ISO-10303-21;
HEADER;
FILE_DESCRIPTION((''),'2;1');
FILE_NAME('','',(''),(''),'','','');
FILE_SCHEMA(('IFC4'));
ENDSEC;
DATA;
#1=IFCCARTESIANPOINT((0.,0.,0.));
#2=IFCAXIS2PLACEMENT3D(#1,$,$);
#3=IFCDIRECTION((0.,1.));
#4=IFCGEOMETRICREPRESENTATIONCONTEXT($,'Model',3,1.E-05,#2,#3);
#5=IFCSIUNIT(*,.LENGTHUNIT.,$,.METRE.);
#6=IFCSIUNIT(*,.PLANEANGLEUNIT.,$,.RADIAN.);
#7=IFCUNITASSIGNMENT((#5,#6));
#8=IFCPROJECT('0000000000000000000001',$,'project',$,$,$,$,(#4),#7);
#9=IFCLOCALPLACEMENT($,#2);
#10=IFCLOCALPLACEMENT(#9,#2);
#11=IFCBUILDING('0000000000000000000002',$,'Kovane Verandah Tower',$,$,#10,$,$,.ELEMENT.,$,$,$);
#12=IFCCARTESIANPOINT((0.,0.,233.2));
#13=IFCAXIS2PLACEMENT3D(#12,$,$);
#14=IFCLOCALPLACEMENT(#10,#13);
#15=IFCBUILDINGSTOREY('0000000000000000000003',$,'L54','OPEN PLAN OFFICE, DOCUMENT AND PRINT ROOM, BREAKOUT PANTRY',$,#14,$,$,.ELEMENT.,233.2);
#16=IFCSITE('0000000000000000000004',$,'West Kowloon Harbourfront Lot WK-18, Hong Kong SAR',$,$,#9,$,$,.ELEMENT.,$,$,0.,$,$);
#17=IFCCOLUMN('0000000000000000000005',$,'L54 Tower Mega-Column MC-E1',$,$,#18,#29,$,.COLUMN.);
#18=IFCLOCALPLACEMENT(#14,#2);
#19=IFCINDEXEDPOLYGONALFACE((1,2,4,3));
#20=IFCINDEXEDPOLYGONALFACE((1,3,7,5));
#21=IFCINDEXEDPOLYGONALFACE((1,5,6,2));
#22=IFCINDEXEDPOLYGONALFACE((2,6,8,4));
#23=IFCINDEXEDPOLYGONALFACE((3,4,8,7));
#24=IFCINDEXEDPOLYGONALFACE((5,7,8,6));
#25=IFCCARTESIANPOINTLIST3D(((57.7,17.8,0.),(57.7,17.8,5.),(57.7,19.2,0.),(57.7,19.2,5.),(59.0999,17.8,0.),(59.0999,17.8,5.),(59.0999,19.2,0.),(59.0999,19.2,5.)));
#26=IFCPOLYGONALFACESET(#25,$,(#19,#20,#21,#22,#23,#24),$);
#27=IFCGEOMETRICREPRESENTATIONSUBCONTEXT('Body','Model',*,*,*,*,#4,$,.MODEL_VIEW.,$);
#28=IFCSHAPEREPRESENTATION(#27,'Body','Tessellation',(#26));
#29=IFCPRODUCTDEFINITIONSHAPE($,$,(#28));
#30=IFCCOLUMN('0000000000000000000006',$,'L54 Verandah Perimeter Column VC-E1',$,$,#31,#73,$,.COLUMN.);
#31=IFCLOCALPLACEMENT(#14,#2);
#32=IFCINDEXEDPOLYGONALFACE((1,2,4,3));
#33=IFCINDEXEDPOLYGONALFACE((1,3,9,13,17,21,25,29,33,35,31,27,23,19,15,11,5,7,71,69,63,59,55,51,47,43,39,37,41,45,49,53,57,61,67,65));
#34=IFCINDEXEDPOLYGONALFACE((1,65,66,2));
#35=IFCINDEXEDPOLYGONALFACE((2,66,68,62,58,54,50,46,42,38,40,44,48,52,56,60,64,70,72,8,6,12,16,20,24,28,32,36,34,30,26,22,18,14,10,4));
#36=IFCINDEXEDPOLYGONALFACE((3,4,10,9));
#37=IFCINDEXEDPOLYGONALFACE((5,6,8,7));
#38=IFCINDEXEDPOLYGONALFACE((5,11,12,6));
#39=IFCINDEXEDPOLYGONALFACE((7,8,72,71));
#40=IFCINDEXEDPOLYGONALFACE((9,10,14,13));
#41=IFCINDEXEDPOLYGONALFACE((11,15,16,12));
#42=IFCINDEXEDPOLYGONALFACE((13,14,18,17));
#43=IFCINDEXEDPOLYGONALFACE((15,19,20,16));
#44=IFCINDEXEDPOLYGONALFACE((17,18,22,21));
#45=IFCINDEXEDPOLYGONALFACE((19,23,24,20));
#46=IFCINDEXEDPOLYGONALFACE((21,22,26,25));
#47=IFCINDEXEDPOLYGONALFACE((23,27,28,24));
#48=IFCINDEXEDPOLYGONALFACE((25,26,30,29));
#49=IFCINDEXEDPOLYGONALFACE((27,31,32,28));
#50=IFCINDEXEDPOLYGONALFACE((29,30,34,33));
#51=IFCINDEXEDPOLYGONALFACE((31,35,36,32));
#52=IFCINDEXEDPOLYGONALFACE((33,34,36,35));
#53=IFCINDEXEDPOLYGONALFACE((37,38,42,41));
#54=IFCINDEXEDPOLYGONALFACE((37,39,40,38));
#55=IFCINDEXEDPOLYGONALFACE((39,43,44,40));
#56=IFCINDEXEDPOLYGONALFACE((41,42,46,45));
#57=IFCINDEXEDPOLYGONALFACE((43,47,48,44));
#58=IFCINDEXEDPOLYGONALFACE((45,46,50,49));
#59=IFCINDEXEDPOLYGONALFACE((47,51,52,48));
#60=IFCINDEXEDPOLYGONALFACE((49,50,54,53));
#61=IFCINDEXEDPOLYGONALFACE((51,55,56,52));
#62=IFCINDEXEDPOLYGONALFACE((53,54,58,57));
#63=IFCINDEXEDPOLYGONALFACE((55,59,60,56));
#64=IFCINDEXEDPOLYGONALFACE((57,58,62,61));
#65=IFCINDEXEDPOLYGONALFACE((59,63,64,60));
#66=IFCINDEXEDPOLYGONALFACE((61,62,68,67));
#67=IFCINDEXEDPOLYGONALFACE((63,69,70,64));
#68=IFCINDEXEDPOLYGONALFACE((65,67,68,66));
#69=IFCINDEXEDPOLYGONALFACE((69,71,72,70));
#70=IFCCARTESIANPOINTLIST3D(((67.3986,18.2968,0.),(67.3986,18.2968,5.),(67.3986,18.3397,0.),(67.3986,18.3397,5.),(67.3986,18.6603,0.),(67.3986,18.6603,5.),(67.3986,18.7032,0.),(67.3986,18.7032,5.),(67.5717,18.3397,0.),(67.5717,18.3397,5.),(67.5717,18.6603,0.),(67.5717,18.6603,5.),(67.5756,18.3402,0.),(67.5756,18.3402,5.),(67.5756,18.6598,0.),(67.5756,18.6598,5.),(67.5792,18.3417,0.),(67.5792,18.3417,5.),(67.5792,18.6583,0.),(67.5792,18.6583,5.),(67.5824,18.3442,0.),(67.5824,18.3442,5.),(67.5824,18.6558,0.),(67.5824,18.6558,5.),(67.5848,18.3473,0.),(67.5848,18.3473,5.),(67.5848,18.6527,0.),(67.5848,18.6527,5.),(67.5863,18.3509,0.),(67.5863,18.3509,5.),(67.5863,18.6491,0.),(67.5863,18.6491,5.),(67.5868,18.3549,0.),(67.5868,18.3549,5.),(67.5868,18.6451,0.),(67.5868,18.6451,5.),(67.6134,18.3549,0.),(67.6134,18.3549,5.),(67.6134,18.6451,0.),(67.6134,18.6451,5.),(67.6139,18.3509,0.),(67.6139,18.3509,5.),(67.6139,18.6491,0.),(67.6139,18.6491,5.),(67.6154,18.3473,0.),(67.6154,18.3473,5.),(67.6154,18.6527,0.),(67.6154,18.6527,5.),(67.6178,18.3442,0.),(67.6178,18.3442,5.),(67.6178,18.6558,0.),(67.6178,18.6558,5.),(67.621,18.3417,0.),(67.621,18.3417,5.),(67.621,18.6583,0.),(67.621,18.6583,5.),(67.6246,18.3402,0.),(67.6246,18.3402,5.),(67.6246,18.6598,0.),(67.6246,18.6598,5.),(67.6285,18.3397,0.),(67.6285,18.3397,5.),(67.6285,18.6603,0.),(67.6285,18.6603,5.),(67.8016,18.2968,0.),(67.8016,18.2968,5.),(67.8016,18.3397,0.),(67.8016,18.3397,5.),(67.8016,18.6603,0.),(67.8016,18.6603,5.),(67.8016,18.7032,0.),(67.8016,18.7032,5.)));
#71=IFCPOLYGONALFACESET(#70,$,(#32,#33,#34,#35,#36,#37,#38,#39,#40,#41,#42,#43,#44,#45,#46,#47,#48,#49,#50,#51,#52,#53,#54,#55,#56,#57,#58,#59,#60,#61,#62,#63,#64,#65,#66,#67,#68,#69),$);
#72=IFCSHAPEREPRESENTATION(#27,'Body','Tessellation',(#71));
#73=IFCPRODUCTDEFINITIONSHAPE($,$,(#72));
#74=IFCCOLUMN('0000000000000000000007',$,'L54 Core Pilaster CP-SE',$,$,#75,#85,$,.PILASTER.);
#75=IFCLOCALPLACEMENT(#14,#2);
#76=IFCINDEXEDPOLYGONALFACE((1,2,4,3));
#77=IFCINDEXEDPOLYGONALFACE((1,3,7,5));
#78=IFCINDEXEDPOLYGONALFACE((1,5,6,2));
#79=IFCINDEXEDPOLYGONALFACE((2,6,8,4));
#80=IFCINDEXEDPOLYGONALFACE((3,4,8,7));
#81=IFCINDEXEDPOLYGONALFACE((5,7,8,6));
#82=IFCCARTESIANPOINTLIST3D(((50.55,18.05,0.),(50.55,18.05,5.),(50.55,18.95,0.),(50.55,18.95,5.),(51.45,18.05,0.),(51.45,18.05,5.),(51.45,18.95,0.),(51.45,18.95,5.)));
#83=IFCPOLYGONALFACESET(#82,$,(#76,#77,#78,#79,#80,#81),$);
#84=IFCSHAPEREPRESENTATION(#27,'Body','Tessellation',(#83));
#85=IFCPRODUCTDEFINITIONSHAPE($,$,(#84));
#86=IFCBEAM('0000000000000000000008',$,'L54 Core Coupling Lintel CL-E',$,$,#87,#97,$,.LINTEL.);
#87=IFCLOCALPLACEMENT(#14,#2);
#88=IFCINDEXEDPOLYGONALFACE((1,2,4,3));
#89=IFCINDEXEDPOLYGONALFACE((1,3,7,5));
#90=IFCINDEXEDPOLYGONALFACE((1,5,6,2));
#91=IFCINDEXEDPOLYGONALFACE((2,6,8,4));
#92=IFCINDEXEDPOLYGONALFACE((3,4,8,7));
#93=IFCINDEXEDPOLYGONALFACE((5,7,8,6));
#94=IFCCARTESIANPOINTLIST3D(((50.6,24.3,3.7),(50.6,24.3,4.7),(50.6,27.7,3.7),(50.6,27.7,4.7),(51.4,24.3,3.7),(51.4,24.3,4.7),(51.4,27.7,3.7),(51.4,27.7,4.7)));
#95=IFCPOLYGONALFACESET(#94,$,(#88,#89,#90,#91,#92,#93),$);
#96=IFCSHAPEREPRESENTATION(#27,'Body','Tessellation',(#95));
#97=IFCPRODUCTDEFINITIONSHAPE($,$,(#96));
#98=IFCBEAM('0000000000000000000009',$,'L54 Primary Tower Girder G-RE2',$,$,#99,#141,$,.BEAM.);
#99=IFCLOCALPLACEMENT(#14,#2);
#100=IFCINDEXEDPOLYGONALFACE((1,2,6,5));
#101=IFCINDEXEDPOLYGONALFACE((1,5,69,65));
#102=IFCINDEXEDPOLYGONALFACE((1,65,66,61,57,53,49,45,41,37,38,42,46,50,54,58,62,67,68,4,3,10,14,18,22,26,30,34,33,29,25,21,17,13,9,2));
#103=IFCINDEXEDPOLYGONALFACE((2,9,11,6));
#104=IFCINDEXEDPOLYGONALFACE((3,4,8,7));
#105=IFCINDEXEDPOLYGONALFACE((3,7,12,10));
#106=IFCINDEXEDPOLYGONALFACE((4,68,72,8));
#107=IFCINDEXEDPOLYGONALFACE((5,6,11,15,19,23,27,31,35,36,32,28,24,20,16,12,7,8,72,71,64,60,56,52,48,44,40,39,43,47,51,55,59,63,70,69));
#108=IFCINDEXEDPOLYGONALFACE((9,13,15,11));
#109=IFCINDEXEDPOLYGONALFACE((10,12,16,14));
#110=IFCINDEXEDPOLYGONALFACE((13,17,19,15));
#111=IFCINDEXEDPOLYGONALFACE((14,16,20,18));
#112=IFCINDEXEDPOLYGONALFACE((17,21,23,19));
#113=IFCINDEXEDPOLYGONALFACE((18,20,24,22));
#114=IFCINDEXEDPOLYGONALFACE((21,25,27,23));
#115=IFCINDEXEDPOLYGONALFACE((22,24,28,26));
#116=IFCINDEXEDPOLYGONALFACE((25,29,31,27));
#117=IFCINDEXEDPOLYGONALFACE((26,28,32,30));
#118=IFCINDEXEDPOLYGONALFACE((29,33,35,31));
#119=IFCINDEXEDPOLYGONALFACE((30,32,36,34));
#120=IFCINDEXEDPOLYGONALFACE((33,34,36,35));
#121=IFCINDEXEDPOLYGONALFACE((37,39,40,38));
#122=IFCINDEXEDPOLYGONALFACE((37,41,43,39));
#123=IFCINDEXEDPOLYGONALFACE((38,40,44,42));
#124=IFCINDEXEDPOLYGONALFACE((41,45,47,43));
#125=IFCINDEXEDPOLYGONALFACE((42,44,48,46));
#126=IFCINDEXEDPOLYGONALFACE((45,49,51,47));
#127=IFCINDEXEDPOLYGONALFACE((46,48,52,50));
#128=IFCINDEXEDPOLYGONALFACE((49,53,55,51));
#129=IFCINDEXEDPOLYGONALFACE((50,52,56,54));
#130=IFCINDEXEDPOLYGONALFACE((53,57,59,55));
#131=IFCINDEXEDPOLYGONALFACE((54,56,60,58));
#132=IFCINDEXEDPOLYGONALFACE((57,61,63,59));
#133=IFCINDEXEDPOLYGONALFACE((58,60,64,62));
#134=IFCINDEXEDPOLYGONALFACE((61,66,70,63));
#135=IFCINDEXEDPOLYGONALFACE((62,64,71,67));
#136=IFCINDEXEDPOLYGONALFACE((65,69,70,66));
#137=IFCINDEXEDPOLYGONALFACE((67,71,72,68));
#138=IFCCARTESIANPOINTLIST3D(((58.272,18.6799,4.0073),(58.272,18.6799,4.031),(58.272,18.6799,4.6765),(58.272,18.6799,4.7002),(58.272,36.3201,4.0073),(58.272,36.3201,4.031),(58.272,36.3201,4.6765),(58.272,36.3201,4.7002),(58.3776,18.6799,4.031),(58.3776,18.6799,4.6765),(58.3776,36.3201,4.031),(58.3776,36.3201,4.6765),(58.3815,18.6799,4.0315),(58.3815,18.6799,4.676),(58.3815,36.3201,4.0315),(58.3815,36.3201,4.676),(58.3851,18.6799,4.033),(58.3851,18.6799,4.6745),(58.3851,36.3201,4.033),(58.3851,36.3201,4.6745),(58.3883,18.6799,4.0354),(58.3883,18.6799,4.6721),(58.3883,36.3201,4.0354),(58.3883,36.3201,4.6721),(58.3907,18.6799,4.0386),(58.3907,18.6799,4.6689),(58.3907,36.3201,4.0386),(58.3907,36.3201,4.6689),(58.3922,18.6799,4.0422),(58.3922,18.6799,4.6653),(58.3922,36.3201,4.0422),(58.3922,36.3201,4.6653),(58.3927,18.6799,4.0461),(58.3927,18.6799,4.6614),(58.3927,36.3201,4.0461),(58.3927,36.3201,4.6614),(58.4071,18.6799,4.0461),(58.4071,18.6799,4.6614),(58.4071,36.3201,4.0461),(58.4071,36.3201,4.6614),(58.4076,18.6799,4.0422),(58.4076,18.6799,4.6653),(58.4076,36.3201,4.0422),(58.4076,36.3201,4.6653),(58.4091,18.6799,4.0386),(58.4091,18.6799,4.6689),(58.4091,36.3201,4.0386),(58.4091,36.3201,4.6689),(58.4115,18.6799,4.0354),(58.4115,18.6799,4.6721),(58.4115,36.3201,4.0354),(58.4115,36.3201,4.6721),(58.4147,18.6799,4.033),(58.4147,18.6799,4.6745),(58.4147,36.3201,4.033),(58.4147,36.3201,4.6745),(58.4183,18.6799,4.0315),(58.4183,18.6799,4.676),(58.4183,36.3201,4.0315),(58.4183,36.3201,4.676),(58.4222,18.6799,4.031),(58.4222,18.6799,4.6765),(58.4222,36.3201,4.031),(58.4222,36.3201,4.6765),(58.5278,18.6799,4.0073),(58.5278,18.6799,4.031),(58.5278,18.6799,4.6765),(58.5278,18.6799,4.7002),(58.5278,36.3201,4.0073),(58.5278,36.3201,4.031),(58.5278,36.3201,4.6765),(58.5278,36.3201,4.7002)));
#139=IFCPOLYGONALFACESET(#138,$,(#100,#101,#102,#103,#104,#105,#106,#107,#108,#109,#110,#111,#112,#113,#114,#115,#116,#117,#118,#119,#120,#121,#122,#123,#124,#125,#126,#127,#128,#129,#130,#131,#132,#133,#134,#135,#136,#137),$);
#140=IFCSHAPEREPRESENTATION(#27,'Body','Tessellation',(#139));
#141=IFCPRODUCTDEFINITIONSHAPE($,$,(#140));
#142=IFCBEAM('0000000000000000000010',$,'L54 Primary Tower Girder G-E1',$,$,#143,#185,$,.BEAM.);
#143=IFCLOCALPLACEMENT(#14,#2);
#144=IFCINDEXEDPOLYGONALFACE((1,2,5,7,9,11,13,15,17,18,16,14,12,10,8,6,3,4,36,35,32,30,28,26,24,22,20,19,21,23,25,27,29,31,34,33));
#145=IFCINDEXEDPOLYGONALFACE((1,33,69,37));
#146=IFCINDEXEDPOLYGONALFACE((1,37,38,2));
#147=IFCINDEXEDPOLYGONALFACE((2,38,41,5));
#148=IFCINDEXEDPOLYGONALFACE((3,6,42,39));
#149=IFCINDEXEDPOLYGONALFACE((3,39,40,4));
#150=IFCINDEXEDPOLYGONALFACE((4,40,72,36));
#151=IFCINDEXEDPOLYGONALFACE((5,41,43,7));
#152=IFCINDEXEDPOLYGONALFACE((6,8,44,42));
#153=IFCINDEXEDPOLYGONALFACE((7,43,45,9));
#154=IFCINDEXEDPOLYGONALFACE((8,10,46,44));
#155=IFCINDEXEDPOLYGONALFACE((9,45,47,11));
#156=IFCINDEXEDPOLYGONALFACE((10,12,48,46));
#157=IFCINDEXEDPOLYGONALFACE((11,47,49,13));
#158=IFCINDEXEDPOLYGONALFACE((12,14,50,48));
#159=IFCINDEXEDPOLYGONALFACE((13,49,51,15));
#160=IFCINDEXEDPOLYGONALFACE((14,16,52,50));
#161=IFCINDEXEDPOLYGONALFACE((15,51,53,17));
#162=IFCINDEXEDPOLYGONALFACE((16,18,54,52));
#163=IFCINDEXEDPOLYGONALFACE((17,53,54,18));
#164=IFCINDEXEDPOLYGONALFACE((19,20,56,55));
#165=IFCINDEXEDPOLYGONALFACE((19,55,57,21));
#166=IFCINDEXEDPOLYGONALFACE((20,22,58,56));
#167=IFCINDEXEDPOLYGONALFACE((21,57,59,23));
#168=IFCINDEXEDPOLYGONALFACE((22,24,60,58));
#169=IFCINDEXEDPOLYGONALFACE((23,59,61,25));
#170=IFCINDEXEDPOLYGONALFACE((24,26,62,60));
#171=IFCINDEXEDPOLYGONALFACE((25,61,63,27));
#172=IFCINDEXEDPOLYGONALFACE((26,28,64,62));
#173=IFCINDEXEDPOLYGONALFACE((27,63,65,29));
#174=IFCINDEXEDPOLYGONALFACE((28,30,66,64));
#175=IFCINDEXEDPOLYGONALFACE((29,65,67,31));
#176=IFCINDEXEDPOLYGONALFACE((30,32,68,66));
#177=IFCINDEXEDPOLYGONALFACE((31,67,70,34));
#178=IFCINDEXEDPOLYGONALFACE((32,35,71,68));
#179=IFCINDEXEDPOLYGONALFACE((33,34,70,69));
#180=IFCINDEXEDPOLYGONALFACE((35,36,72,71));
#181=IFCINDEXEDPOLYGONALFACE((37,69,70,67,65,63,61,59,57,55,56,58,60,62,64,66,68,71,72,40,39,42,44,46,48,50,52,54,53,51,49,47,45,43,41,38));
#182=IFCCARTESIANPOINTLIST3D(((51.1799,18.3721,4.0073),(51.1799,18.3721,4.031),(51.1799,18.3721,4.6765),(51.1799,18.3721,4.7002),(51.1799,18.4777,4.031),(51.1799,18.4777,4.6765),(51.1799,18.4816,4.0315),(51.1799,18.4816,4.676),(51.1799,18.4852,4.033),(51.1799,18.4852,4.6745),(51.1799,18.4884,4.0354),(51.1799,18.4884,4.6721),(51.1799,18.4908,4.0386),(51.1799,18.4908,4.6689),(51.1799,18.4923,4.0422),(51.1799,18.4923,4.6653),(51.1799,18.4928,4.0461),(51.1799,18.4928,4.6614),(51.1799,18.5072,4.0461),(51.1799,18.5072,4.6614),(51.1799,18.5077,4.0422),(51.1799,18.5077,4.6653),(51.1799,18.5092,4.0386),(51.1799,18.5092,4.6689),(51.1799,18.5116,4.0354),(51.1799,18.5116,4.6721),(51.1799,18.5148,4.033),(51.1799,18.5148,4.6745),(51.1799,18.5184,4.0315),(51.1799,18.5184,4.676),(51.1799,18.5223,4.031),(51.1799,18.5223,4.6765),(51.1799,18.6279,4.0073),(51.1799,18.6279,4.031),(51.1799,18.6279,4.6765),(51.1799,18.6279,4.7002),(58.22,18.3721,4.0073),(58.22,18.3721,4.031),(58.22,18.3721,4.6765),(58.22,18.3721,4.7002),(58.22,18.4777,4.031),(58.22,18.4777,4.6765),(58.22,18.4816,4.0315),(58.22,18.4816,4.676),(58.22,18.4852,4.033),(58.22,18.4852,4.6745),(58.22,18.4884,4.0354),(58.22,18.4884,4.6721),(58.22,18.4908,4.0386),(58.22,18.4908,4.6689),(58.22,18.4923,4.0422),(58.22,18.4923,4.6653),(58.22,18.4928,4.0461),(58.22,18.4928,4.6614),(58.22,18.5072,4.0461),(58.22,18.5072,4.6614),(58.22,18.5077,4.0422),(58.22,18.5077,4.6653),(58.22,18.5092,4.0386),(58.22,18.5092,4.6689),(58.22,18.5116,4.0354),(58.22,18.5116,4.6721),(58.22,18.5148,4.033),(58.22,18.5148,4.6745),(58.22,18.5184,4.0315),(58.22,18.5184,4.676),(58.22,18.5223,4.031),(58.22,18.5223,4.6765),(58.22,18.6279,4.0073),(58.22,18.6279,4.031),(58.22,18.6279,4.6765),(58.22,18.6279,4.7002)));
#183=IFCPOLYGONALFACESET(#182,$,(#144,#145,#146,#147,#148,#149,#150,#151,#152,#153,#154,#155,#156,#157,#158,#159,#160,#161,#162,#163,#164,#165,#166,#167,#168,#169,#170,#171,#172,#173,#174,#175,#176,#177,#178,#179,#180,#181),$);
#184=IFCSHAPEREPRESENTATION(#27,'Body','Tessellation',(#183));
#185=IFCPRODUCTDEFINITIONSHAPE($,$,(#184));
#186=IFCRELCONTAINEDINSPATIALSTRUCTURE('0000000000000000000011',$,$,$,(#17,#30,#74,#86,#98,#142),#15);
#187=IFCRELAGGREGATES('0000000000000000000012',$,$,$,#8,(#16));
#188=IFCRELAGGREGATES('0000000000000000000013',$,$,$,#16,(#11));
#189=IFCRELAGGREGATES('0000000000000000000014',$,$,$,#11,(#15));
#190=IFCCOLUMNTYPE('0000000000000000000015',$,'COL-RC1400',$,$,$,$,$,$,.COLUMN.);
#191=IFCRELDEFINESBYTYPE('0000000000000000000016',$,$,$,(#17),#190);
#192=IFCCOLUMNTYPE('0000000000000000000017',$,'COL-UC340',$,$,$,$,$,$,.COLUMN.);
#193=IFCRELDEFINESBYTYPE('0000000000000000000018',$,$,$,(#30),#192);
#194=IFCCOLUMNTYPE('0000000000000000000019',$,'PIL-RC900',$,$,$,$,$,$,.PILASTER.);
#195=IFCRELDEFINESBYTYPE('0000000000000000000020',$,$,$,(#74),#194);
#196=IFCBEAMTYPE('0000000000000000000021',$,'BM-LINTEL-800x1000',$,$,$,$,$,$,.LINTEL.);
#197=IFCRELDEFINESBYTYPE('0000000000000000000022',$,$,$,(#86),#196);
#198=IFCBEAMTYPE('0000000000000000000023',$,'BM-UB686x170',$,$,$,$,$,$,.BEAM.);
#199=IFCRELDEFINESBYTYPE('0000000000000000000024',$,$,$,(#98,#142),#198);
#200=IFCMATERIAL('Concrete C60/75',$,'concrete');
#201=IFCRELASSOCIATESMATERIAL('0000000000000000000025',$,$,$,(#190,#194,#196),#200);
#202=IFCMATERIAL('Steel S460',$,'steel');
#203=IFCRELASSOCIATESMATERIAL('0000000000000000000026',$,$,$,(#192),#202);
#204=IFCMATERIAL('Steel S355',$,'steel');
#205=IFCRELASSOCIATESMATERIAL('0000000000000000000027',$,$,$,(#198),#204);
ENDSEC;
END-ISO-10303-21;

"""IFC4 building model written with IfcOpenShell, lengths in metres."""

from ifc_helpers import new_model, si_unit, direction, frame, origin, origin_2d, place, context, subcontext, project, spatial, rectangle, i_section, extrude, material, material_profile, profile_set, type_object, element, save


model = new_model("IFC4")

# Units and contexts
model_context = context("Model", 3, precision=1e-05, world=origin(), true_north=direction((0.0, 1.0)))
body_context = subcontext(model_context, "Body", "Model", "MODEL_VIEW")
ifc_project = project(units=[si_unit("LENGTHUNIT", "METRE"), si_unit("PLANEANGLEUNIT", "RADIAN")], contexts=[model_context])

# Site, building, storey
site_placement = place(None, origin())
site = spatial("IfcSite", under=ifc_project, at=site_placement, Name="West Kowloon Harbourfront Lot WK-18, Hong Kong SAR", CompositionType="ELEMENT", RefElevation=0.0)
building_placement = place(site_placement, origin())
building = spatial("IfcBuilding", under=site, at=building_placement, Name="Kovane Verandah Tower", CompositionType="ELEMENT")
storey_placement = place(building_placement, frame((0.0, 0.0, 233.2)))
storey = spatial("IfcBuildingStorey", under=building, at=storey_placement, Name="L54", Description="OPEN PLAN OFFICE, DOCUMENT AND PRINT ROOM, BREAKOUT PANTRY", CompositionType="ELEMENT", Elevation=233.2)

# Columns
ifc_material_1 = material(Name="Concrete C60/75", Category="concrete")
ifc_material_profile_1 = material_profile(ifc_material_1, rectangle(XDim=1.3999, YDim=1.3999, at=origin_2d()), Name="RC1400x1400")
ifc_profile_set_1 = profile_set([ifc_material_profile_1], Name="Concrete C60/75")
column_type_1 = type_object("IfcColumnType", Name="COL-RC1400", PredefinedType="COLUMN", material=ifc_profile_set_1)
column_1_placement = place(storey_placement, frame((58.3999, 18.5, 0.0), z_axis=(0.0, 0.0, 1.0), x_axis=(1.0, 0.0, 0.0)))
element("IfcColumn", 1, at=column_1_placement, inside=storey, type_object=column_type_1, Name="L54 Tower Mega-Column MC-E1", PredefinedType="COLUMN", context=body_context, shape_type="SweptSolid", body=[
    extrude(rectangle(XDim=1.3999, YDim=1.3999, at=origin_2d()), origin(), (0.0, 0.0, 1.0), 5.0),
])
ifc_material_2 = material(Name="Steel S460", Category="steel")
ifc_material_profile_2 = material_profile(ifc_material_2, i_section(OverallWidth=0.4031, OverallDepth=0.4065, WebThickness=0.0266, FlangeThickness=0.043, FilletRadius=0.0151, at=origin_2d()), Name="UC356x406x340")
ifc_profile_set_2 = profile_set([ifc_material_profile_2], Name="Steel S460")
column_type_2 = type_object("IfcColumnType", Name="COL-UC340", PredefinedType="COLUMN", material=ifc_profile_set_2)
column_2_placement = place(storey_placement, frame((67.6001, 18.5, 0.0), z_axis=(0.0, 0.0, 1.0), x_axis=(1.0, 0.0, 0.0)))
element("IfcColumn", 2, at=column_2_placement, inside=storey, type_object=column_type_2, Name="L54 Verandah Perimeter Column VC-E1", PredefinedType="COLUMN", context=body_context, shape_type="SweptSolid", body=[
    extrude(i_section(OverallWidth=0.4031, OverallDepth=0.4065, WebThickness=0.0266, FlangeThickness=0.043, FilletRadius=0.0151, at=origin_2d()), origin(), (0.0, 0.0, 1.0), 5.0),
])
ifc_material_profile_3 = material_profile(ifc_material_1, rectangle(XDim=0.8999, YDim=0.8999, at=origin_2d()), Name="RC900x900")
ifc_profile_set_3 = profile_set([ifc_material_profile_3], Name="Concrete C60/75")
column_type_3 = type_object("IfcColumnType", Name="PIL-RC900", PredefinedType="PILASTER", material=ifc_profile_set_3)
column_3_placement = place(storey_placement, frame((51.0, 18.5, 0.0), z_axis=(0.0, 0.0, 1.0), x_axis=(1.0, 0.0, 0.0)))
element("IfcColumn", 3, at=column_3_placement, inside=storey, type_object=column_type_3, Name="L54 Core Pilaster CP-SE", PredefinedType="PILASTER", context=body_context, shape_type="SweptSolid", body=[
    extrude(rectangle(XDim=0.8999, YDim=0.8999, at=origin_2d()), origin(), (0.0, 0.0, 1.0), 5.0),
])

# Beams
ifc_material_profile_4 = material_profile(ifc_material_1, rectangle(XDim=0.8, YDim=1.0, at=origin_2d()), Name="RCB800x1000")
ifc_profile_set_4 = profile_set([ifc_material_profile_4], Name="Concrete C60/75")
beam_type_1 = type_object("IfcBeamType", Name="BM-LINTEL-800x1000", PredefinedType="LINTEL", material=ifc_profile_set_4)
beam_1_placement = place(storey_placement, frame((51.0, 24.3, 4.2), z_axis=(0.0, 1.0, 0.0), x_axis=(-1.0, 0.0, 0.0)))
element("IfcBeam", 4, at=beam_1_placement, inside=storey, type_object=beam_type_1, Name="L54 Core Coupling Lintel CL-E", PredefinedType="LINTEL", context=body_context, shape_type="SweptSolid", body=[
    extrude(rectangle(XDim=0.8, YDim=1.0, at=origin_2d()), origin(), (0.0, 0.0, 1.0), 3.3999),
])
ifc_material_3 = material(Name="Steel S355", Category="steel")
ifc_material_profile_5 = material_profile(ifc_material_3, i_section(OverallWidth=0.2559, OverallDepth=0.6929, WebThickness=0.0144, FlangeThickness=0.0237, FilletRadius=0.0151, at=origin_2d()), Name="UB686x254x170")
ifc_profile_set_5 = profile_set([ifc_material_profile_5], Name="Steel S355")
beam_type_2 = type_object("IfcBeamType", Name="BM-UB686x170", PredefinedType="BEAM", material=ifc_profile_set_5)
beam_2_placement = place(storey_placement, frame((58.3999, 18.6799, 4.3538), z_axis=(0.0, 1.0, 0.0), x_axis=(-1.0, 0.0, 0.0)))
element("IfcBeam", 5, at=beam_2_placement, inside=storey, type_object=beam_type_2, Name="L54 Primary Tower Girder G-RE2", PredefinedType="BEAM", context=body_context, shape_type="SweptSolid", body=[
    extrude(i_section(OverallWidth=0.2559, OverallDepth=0.6929, WebThickness=0.0144, FlangeThickness=0.0237, FilletRadius=0.0151, at=origin_2d()), origin(), (0.0, 0.0, 1.0), 17.6401),
])
beam_3_placement = place(storey_placement, frame((51.1799, 18.5, 4.3538), z_axis=(1.0, 0.0, 0.0), x_axis=(0.0, 1.0, 0.0)))
element("IfcBeam", 6, at=beam_3_placement, inside=storey, type_object=beam_type_2, Name="L54 Primary Tower Girder G-E1", PredefinedType="BEAM", context=body_context, shape_type="SweptSolid", body=[
    extrude(i_section(OverallWidth=0.2559, OverallDepth=0.6929, WebThickness=0.0144, FlangeThickness=0.0237, FilletRadius=0.0151, at=origin_2d()), origin(), (0.0, 0.0, 1.0), 7.04),
])

save(model, "model.ifc")
